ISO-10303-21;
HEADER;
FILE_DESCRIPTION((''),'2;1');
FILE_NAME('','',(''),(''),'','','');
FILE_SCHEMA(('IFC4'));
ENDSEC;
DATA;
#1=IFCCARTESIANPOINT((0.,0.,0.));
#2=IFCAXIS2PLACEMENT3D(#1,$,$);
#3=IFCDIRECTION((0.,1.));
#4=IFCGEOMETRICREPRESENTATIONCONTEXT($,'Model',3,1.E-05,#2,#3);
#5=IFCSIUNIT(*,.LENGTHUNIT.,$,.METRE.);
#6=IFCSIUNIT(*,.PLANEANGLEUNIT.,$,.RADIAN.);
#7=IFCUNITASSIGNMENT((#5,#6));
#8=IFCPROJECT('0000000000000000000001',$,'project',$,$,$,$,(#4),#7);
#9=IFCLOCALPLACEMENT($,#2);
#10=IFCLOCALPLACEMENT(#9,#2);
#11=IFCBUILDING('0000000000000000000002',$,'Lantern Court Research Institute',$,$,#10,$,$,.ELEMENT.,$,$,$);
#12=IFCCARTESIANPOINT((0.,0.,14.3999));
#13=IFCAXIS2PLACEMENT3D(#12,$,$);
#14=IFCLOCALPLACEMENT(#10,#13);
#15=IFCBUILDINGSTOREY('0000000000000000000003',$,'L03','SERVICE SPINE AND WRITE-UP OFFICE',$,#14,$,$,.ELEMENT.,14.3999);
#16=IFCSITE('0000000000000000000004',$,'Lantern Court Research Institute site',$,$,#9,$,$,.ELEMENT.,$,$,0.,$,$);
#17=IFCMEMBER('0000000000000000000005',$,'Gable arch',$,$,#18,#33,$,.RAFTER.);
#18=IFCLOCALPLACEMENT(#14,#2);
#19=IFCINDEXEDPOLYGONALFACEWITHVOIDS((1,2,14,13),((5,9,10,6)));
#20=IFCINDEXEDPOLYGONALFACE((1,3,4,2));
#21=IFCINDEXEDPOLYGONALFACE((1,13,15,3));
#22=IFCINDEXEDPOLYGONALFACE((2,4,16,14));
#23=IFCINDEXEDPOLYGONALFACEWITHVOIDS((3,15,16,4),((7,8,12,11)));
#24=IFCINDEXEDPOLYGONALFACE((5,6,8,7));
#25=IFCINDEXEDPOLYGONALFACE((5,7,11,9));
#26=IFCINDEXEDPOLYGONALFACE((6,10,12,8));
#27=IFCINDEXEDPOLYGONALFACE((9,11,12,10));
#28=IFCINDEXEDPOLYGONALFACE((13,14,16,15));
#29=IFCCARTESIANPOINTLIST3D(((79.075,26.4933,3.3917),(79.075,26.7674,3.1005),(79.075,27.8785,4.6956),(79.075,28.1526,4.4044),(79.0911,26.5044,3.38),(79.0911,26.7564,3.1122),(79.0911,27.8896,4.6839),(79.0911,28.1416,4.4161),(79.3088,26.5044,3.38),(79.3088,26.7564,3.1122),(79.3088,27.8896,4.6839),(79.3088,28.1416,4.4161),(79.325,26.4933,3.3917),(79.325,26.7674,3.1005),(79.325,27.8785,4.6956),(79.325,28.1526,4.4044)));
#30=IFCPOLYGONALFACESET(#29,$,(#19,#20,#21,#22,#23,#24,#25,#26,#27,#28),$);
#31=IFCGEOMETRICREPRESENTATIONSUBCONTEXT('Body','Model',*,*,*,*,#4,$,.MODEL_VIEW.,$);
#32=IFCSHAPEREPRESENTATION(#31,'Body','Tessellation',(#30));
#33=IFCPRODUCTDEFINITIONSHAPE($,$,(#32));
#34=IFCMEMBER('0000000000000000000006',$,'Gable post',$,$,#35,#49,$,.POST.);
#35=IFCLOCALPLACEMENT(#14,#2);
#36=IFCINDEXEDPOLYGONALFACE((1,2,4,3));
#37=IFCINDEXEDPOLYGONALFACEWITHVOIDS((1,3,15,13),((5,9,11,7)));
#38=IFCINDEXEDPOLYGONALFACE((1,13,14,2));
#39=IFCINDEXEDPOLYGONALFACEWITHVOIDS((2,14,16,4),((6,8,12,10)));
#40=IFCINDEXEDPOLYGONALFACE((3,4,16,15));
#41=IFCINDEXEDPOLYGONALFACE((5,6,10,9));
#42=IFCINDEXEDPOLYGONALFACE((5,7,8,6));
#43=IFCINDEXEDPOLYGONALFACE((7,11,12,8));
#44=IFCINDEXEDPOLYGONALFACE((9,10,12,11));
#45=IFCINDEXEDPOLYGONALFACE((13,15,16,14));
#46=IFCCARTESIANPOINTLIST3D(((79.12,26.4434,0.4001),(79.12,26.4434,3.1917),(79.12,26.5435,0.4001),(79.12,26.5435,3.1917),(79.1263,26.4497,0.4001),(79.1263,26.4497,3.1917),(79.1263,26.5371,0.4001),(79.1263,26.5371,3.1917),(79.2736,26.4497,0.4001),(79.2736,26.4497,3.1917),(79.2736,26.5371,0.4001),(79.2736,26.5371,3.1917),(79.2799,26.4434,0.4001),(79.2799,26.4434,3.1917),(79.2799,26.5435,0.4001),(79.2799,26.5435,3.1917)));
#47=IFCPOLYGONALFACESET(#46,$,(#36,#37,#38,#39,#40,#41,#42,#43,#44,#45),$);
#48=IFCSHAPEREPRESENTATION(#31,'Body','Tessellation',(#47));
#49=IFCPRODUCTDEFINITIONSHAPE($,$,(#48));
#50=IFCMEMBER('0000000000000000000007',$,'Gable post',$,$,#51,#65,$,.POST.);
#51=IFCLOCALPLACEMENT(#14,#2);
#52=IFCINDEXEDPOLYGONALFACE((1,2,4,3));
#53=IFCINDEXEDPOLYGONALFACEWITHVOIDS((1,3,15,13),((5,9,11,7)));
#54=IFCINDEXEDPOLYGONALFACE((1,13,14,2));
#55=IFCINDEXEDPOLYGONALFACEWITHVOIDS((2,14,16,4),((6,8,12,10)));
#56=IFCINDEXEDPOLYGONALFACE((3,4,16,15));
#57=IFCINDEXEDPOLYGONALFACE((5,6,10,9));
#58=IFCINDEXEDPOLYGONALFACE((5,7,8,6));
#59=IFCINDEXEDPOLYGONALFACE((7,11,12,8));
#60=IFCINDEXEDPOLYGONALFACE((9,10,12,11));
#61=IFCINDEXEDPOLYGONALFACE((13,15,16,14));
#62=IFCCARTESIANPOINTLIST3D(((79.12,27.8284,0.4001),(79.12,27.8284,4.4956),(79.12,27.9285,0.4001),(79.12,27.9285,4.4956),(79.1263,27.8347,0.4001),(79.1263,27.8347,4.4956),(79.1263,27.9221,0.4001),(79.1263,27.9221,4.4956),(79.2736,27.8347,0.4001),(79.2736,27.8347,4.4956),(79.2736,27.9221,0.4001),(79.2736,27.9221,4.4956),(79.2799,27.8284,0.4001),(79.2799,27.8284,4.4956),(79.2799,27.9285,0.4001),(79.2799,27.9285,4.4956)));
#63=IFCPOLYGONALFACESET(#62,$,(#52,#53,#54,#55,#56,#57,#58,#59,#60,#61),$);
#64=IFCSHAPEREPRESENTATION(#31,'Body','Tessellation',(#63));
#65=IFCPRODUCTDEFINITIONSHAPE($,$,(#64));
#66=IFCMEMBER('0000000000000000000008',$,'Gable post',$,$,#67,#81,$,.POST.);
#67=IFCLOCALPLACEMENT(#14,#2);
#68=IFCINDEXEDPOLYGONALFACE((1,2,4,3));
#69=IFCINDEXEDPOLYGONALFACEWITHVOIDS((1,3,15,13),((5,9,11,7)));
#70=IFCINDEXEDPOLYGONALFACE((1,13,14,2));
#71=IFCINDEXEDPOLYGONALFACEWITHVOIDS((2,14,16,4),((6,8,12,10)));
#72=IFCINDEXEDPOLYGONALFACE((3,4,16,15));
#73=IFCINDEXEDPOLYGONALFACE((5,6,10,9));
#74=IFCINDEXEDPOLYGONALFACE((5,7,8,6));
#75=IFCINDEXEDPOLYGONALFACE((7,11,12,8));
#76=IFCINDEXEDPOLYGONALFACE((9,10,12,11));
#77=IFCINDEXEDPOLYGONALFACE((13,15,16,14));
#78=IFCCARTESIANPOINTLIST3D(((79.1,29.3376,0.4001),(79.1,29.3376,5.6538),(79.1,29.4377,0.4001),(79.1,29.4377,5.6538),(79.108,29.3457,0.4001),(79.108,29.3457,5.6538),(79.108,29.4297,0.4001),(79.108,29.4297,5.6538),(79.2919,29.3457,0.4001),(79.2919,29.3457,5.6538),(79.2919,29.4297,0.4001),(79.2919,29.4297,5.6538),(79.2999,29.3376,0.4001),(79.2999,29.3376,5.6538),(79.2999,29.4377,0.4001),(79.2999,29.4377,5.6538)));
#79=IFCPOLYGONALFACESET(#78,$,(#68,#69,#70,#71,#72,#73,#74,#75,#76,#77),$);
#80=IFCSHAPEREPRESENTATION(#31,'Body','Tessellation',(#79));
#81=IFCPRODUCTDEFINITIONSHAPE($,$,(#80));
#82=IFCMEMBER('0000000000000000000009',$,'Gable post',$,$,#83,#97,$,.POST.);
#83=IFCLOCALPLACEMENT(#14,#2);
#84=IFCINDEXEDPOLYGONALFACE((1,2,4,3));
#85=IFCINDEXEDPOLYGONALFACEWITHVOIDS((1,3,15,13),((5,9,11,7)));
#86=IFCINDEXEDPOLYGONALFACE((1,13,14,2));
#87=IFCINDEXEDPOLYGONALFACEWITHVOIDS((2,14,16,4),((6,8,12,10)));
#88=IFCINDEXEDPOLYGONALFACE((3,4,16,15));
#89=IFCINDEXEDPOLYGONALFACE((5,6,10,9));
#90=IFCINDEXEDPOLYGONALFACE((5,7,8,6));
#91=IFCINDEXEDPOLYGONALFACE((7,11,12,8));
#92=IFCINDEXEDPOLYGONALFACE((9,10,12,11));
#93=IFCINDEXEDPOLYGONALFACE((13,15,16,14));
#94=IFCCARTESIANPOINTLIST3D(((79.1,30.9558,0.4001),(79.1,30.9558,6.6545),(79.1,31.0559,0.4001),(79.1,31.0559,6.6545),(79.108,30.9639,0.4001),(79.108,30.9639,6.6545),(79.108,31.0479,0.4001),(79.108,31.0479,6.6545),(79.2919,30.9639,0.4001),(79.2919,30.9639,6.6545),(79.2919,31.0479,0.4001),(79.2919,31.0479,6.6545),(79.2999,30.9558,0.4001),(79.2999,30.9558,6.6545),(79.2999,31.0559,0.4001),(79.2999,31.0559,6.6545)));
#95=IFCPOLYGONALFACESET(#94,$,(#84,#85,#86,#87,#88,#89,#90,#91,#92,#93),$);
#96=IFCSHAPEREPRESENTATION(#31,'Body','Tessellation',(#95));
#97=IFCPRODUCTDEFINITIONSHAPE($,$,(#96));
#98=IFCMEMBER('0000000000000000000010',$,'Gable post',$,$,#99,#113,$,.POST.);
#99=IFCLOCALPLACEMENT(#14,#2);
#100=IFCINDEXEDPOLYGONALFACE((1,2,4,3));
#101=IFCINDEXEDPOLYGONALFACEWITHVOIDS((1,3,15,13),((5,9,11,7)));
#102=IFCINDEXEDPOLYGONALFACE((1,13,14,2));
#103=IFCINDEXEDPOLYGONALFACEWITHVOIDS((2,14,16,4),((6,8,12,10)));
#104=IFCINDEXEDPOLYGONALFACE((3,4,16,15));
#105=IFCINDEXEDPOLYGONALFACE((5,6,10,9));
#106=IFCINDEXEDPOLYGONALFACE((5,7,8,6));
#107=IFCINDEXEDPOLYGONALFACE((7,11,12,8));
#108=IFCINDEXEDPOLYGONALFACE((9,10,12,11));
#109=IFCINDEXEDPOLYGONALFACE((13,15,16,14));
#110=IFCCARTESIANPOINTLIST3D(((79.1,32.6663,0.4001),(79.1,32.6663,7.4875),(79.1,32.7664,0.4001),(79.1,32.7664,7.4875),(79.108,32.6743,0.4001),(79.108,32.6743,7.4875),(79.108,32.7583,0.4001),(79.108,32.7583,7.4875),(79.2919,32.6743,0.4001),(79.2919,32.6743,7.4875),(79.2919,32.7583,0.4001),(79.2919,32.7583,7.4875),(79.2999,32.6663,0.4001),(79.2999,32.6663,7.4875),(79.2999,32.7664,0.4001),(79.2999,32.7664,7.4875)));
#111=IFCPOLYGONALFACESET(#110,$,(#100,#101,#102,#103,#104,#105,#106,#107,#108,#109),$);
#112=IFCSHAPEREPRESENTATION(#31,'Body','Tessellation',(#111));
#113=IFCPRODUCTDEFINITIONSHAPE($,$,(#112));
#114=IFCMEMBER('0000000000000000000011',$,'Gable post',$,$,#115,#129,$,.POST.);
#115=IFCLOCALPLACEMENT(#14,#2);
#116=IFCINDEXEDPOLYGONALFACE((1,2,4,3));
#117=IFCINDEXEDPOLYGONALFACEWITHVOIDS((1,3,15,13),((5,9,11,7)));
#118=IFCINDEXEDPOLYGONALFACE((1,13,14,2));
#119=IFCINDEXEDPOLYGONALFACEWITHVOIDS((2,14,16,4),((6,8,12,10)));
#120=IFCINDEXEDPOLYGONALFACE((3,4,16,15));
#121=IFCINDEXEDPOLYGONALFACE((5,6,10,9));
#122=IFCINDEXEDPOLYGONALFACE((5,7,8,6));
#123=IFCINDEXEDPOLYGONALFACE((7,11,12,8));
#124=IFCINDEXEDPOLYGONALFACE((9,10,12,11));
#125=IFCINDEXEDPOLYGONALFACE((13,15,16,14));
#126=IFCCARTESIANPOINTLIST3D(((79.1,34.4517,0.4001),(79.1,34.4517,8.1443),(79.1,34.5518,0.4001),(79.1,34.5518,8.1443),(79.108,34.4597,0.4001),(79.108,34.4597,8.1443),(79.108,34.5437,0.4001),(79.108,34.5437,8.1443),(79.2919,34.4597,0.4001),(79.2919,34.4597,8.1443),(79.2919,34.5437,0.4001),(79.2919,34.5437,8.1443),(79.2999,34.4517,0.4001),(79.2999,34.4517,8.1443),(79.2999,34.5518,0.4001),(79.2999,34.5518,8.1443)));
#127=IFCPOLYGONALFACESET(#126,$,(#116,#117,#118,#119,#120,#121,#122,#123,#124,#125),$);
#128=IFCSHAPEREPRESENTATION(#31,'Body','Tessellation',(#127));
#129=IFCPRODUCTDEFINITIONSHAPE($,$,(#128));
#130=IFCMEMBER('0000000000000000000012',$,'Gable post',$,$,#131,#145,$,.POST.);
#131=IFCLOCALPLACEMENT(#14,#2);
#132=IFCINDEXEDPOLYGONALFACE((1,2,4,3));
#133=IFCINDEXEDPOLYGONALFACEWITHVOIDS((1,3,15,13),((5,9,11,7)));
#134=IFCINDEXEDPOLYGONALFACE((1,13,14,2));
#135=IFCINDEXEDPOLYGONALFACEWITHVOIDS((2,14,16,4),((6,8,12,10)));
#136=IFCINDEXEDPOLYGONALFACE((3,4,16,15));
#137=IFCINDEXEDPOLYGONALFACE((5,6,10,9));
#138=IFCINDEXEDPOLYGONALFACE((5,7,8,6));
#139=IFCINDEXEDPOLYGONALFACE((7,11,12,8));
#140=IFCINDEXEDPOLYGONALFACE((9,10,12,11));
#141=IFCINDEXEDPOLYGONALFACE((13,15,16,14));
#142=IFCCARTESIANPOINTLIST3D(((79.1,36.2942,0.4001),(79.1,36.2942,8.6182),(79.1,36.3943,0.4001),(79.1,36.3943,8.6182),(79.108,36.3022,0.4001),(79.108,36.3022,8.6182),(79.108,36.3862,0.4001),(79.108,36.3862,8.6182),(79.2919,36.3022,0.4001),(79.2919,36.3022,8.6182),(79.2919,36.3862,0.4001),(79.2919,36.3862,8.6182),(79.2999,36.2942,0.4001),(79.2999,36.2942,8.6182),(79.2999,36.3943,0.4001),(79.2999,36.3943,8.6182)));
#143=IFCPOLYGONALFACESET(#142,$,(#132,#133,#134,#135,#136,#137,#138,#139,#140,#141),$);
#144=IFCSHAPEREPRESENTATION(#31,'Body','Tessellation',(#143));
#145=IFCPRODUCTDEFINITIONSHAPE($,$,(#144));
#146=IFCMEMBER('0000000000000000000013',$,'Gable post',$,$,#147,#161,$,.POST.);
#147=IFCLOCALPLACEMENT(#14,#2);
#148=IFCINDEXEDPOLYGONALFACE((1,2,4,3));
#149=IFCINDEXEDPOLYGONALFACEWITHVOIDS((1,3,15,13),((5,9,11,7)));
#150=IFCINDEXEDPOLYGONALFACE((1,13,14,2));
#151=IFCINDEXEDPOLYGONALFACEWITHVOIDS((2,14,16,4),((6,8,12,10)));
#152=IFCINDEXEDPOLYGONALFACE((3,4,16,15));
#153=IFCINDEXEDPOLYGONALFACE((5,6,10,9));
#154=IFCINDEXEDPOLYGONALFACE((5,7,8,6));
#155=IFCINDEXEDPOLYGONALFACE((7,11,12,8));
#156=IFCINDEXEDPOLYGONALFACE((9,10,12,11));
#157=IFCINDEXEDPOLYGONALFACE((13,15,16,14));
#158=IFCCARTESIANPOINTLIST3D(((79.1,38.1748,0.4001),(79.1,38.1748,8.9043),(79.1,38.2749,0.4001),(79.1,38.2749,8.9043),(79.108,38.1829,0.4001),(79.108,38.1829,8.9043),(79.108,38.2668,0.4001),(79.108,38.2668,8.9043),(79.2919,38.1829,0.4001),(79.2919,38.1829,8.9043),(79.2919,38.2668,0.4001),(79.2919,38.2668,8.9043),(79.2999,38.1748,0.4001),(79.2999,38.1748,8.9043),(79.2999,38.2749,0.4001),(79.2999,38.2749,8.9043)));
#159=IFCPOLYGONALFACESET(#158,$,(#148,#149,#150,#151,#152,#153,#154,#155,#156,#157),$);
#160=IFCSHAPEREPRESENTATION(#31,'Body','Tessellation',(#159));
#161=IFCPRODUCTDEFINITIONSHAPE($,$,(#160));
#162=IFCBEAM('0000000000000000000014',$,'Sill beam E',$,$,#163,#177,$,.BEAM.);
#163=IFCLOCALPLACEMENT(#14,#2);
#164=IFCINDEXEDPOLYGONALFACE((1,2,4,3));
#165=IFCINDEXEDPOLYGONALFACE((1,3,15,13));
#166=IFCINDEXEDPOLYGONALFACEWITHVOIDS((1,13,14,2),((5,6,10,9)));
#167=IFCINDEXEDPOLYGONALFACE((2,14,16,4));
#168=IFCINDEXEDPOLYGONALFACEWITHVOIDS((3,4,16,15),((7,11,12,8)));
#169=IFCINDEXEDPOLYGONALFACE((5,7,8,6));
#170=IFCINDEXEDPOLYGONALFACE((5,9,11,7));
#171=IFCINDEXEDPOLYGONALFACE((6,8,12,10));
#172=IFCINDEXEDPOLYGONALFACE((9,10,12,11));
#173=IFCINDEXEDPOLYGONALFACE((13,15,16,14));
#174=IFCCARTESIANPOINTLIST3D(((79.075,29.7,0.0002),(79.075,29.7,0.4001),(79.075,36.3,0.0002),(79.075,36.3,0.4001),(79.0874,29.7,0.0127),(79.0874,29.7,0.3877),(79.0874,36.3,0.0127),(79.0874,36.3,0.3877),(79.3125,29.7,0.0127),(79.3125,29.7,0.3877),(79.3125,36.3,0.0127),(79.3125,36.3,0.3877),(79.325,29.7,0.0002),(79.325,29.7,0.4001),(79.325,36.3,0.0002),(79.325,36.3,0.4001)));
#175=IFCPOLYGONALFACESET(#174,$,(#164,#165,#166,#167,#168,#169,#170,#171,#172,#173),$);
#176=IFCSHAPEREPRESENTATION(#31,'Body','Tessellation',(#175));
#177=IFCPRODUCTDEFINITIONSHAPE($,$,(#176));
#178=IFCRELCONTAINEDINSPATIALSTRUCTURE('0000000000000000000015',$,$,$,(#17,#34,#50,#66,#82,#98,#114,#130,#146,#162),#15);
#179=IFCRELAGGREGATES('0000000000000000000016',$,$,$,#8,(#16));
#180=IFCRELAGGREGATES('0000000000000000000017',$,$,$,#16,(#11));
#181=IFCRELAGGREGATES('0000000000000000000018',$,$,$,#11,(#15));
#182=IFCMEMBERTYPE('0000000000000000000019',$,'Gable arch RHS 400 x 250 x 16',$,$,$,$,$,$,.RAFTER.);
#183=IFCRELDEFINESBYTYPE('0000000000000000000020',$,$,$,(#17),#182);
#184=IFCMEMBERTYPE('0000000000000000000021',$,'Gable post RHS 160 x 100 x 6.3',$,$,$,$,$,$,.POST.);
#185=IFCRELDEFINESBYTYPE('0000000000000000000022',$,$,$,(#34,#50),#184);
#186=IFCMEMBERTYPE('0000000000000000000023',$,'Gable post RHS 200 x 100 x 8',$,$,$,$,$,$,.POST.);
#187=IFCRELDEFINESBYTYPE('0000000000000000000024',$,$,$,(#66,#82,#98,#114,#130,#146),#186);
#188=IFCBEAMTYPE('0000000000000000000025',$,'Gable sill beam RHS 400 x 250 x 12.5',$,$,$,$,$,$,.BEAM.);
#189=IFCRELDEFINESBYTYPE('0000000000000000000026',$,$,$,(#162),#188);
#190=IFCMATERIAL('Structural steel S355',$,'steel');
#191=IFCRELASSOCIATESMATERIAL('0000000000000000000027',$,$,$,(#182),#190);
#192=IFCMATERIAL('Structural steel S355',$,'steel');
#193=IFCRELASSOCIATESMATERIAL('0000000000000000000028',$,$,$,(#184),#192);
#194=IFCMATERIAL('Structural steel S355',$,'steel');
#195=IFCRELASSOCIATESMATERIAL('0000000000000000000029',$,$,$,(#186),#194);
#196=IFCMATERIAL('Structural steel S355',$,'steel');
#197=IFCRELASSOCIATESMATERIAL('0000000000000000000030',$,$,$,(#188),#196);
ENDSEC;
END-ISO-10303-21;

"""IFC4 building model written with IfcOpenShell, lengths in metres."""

from ifc_helpers import new_model, si_unit, direction, frame, origin, origin_2d, place, context, subcontext, project, spatial, hollow_rectangle, extrude, material, material_profile, profile_set, type_object, element, save


model = new_model("IFC4")

# Units and contexts
model_context = context("Model", 3, precision=1e-05, world=origin(), true_north=direction((0.0, 1.0)))
body_context = subcontext(model_context, "Body", "Model", "MODEL_VIEW")
ifc_project = project(units=[si_unit("LENGTHUNIT", "METRE"), si_unit("PLANEANGLEUNIT", "RADIAN")], contexts=[model_context])

# Site, building, storey
site_placement = place(None, origin())
site = spatial("IfcSite", under=ifc_project, at=site_placement, Name="Lantern Court Research Institute site", CompositionType="ELEMENT", RefElevation=0.0)
building_placement = place(site_placement, origin())
building = spatial("IfcBuilding", under=site, at=building_placement, Name="Lantern Court Research Institute", CompositionType="ELEMENT")
storey_placement = place(building_placement, frame((0.0, 0.0, 14.3999)))
storey = spatial("IfcBuildingStorey", under=building, at=storey_placement, Name="L03", Description="SERVICE SPINE AND WRITE-UP OFFICE", CompositionType="ELEMENT", Elevation=14.3999)

# Members
ifc_material_1 = material(Name="Structural steel S355", Category="steel")
ifc_material_profile_1 = material_profile(ifc_material_1, hollow_rectangle(XDim=0.25, YDim=0.3999, WallThickness=0.0161, at=origin_2d()), Name="Gable arch RHS 400 x 250 x 16")
ifc_profile_set_1 = profile_set([ifc_material_profile_1], Name="Structural steel S355")
member_type_1 = type_object("IfcMemberType", Name="Gable arch RHS 400 x 250 x 16", PredefinedType="RAFTER", material=ifc_profile_set_1)
member_1_placement = place(storey_placement, frame((79.2, 26.6304, 3.2461), z_axis=(0.0, 0.728151, 0.685417), x_axis=(-1.0, 0.0, 0.0)))
element("IfcMember", 1, at=member_1_placement, inside=storey, type_object=member_type_1, Name="Gable arch", PredefinedType="RAFTER", context=body_context, shape_type="SweptSolid", body=[
    extrude(hollow_rectangle(XDim=0.25, YDim=0.3999, WallThickness=0.0161, at=origin_2d()), origin(), (0.0, 0.0, 1.0), 1.9023),
])
ifc_material_2 = material(Name="Structural steel S355", Category="steel")
ifc_material_profile_2 = material_profile(ifc_material_2, hollow_rectangle(XDim=0.1599, YDim=0.1001, WallThickness=0.0063, at=origin_2d()), Name="Gable post RHS 160 x 100 x 6.3")
ifc_profile_set_2 = profile_set([ifc_material_profile_2], Name="Structural steel S355")
member_type_2 = type_object("IfcMemberType", Name="Gable post RHS 160 x 100 x 6.3", PredefinedType="POST", material=ifc_profile_set_2)
member_2_placement = place(storey_placement, frame((79.2, 26.4934, 0.4001), z_axis=(0.0, 0.0, 1.0), x_axis=(1.0, 0.0, 0.0)))
element("IfcMember", 2, at=member_2_placement, inside=storey, type_object=member_type_2, Name="Gable post", PredefinedType="POST", context=body_context, shape_type="SweptSolid", body=[
    extrude(hollow_rectangle(XDim=0.1599, YDim=0.1001, WallThickness=0.0063, at=origin_2d()), origin(), (0.0, 0.0, 1.0), 2.7915),
])
member_3_placement = place(storey_placement, frame((79.2, 27.8784, 0.4001), z_axis=(0.0, 0.0, 1.0), x_axis=(1.0, 0.0, 0.0)))
element("IfcMember", 3, at=member_3_placement, inside=storey, type_object=member_type_2, Name="Gable post", PredefinedType="POST", context=body_context, shape_type="SweptSolid", body=[
    extrude(hollow_rectangle(XDim=0.1599, YDim=0.1001, WallThickness=0.0063, at=origin_2d()), origin(), (0.0, 0.0, 1.0), 4.0955),
])
ifc_material_3 = material(Name="Structural steel S355", Category="steel")
ifc_material_profile_3 = material_profile(ifc_material_3, hollow_rectangle(XDim=0.2, YDim=0.1001, WallThickness=0.0081, at=origin_2d()), Name="Gable post RHS 200 x 100 x 8")
ifc_profile_set_3 = profile_set([ifc_material_profile_3], Name="Structural steel S355")
member_type_3 = type_object("IfcMemberType", Name="Gable post RHS 200 x 100 x 8", PredefinedType="POST", material=ifc_profile_set_3)
member_4_placement = place(storey_placement, frame((79.2, 29.3877, 0.4001), z_axis=(0.0, 0.0, 1.0), x_axis=(1.0, 0.0, 0.0)))
element("IfcMember", 4, at=member_4_placement, inside=storey, type_object=member_type_3, Name="Gable post", PredefinedType="POST", context=body_context, shape_type="SweptSolid", body=[
    extrude(hollow_rectangle(XDim=0.2, YDim=0.1001, WallThickness=0.0081, at=origin_2d()), origin(), (0.0, 0.0, 1.0), 5.2537),
])
member_5_placement = place(storey_placement, frame((79.2, 31.0059, 0.4001), z_axis=(0.0, 0.0, 1.0), x_axis=(1.0, 0.0, 0.0)))
element("IfcMember", 5, at=member_5_placement, inside=storey, type_object=member_type_3, Name="Gable post", PredefinedType="POST", context=body_context, shape_type="SweptSolid", body=[
    extrude(hollow_rectangle(XDim=0.2, YDim=0.1001, WallThickness=0.0081, at=origin_2d()), origin(), (0.0, 0.0, 1.0), 6.2544),
])
member_6_placement = place(storey_placement, frame((79.2, 32.7163, 0.4001), z_axis=(0.0, 0.0, 1.0), x_axis=(1.0, 0.0, 0.0)))
element("IfcMember", 6, at=member_6_placement, inside=storey, type_object=member_type_3, Name="Gable post", PredefinedType="POST", context=body_context, shape_type="SweptSolid", body=[
    extrude(hollow_rectangle(XDim=0.2, YDim=0.1001, WallThickness=0.0081, at=origin_2d()), origin(), (0.0, 0.0, 1.0), 7.0874),
])
member_7_placement = place(storey_placement, frame((79.2, 34.5017, 0.4001), z_axis=(0.0, 0.0, 1.0), x_axis=(1.0, 0.0, 0.0)))
element("IfcMember", 7, at=member_7_placement, inside=storey, type_object=member_type_3, Name="Gable post", PredefinedType="POST", context=body_context, shape_type="SweptSolid", body=[
    extrude(hollow_rectangle(XDim=0.2, YDim=0.1001, WallThickness=0.0081, at=origin_2d()), origin(), (0.0, 0.0, 1.0), 7.7441),
])
member_8_placement = place(storey_placement, frame((79.2, 36.3442, 0.4001), z_axis=(0.0, 0.0, 1.0), x_axis=(1.0, 0.0, 0.0)))
element("IfcMember", 8, at=member_8_placement, inside=storey, type_object=member_type_3, Name="Gable post", PredefinedType="POST", context=body_context, shape_type="SweptSolid", body=[
    extrude(hollow_rectangle(XDim=0.2, YDim=0.1001, WallThickness=0.0081, at=origin_2d()), origin(), (0.0, 0.0, 1.0), 8.218),
])
member_9_placement = place(storey_placement, frame((79.2, 38.2249, 0.4001), z_axis=(0.0, 0.0, 1.0), x_axis=(1.0, 0.0, 0.0)))
element("IfcMember", 9, at=member_9_placement, inside=storey, type_object=member_type_3, Name="Gable post", PredefinedType="POST", context=body_context, shape_type="SweptSolid", body=[
    extrude(hollow_rectangle(XDim=0.2, YDim=0.1001, WallThickness=0.0081, at=origin_2d()), origin(), (0.0, 0.0, 1.0), 8.5042),
])

# Beam
ifc_material_4 = material(Name="Structural steel S355", Category="steel")
ifc_material_profile_4 = material_profile(ifc_material_4, hollow_rectangle(XDim=0.25, YDim=0.3999, WallThickness=0.0125, at=origin_2d()), Name="Gable sill beam RHS 400 x 250 x 12.5")
ifc_profile_set_4 = profile_set([ifc_material_profile_4], Name="Structural steel S355")
beam_type = type_object("IfcBeamType", Name="Gable sill beam RHS 400 x 250 x 12.5", PredefinedType="BEAM", material=ifc_profile_set_4)
beam_1_placement = place(storey_placement, frame((79.2, 29.7, 0.2002), z_axis=(0.0, 1.0, 0.0), x_axis=(-1.0, 0.0, 0.0)))
element("IfcBeam", 10, at=beam_1_placement, inside=storey, type_object=beam_type, Name="Sill beam E", PredefinedType="BEAM", context=body_context, shape_type="SweptSolid", body=[
    extrude(hollow_rectangle(XDim=0.25, YDim=0.3999, WallThickness=0.0125, at=origin_2d()), origin(), (0.0, 0.0, 1.0), 6.6001),
])

save(model, "model.ifc")
